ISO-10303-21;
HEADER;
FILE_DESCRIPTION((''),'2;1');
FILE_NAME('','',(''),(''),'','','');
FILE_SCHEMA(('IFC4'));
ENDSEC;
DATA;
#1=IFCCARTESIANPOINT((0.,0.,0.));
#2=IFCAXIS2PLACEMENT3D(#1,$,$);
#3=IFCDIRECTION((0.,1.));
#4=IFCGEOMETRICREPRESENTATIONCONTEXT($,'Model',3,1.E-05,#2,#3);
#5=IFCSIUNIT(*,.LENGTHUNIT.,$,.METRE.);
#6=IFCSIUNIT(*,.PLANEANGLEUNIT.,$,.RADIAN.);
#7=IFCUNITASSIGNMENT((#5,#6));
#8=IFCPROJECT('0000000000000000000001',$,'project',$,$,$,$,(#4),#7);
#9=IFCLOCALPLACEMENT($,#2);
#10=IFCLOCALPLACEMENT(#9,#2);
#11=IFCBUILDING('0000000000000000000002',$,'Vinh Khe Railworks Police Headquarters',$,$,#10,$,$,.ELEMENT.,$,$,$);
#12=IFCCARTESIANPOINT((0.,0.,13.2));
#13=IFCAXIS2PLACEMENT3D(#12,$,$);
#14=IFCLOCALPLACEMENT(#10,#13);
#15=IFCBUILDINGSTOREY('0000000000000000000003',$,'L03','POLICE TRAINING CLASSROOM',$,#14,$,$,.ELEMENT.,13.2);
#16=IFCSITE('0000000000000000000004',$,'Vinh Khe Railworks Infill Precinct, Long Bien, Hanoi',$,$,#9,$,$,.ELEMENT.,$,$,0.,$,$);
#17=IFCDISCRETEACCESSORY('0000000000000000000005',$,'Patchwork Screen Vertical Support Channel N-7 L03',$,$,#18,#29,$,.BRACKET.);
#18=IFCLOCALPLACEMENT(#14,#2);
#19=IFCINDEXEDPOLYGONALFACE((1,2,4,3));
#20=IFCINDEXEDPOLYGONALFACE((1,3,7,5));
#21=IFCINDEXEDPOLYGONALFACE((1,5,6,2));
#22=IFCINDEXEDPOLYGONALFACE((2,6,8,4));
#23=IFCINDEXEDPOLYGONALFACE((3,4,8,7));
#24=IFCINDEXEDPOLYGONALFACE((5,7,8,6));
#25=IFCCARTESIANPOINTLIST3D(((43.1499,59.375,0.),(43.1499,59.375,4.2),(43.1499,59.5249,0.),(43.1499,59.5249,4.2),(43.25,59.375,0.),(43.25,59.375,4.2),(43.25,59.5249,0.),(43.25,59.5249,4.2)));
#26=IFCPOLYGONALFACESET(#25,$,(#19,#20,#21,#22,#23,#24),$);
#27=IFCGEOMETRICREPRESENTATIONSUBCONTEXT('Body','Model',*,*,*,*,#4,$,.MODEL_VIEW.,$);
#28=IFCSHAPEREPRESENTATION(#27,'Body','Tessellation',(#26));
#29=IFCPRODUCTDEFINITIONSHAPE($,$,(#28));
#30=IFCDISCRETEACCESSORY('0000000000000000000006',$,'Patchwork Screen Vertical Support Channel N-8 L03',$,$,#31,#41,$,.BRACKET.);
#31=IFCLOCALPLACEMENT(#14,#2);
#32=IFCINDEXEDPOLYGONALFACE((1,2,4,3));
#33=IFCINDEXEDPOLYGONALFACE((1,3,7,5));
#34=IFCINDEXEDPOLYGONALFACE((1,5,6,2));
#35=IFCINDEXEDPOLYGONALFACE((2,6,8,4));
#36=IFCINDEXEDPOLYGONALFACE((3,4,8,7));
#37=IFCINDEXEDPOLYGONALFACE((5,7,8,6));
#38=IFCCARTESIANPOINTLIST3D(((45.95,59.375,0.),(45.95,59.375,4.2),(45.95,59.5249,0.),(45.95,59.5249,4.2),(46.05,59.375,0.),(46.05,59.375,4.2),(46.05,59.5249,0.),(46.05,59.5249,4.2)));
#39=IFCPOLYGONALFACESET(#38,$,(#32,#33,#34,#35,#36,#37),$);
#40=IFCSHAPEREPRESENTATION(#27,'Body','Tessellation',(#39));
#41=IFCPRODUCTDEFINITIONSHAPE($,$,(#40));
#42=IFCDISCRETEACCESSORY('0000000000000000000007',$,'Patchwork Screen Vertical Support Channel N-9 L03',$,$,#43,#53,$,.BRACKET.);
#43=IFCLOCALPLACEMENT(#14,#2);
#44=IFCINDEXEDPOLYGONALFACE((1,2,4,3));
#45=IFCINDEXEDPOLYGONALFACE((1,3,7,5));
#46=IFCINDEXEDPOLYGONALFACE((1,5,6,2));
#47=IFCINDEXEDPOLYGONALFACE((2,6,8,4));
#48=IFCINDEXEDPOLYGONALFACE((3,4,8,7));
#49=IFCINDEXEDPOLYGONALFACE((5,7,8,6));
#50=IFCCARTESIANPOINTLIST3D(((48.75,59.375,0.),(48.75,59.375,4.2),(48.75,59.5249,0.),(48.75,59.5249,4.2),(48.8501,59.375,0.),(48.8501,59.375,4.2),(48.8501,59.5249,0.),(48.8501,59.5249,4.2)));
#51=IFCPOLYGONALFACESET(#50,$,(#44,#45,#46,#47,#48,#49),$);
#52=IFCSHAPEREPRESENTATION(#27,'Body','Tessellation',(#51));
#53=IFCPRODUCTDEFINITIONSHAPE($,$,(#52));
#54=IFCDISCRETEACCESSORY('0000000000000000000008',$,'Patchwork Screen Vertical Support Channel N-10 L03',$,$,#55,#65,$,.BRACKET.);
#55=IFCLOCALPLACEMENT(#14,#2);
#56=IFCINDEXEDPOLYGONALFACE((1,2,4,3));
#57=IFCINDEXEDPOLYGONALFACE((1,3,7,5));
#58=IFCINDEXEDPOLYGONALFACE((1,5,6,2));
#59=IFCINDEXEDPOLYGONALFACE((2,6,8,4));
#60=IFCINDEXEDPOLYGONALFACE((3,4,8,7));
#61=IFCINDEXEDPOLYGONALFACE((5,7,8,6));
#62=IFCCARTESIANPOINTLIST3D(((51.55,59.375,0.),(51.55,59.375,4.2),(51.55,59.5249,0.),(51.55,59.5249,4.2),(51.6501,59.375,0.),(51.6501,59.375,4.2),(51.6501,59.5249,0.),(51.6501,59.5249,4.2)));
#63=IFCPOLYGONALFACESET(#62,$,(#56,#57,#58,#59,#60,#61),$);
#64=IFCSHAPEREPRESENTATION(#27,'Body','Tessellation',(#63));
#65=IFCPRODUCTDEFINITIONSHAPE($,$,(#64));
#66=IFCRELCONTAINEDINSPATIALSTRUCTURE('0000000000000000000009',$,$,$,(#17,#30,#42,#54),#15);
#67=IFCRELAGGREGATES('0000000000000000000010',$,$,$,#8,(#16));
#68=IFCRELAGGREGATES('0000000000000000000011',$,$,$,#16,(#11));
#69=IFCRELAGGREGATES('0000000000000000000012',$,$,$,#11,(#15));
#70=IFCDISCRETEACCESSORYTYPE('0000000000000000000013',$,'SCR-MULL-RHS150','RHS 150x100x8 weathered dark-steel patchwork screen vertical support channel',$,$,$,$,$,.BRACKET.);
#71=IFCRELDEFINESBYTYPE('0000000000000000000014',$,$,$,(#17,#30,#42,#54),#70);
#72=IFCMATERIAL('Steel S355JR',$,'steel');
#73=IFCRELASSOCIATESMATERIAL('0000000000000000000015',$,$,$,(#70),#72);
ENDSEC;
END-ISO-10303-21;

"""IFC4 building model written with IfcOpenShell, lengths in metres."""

from ifc_helpers import new_model, si_unit, direction, frame, origin, origin_2d, place, context, subcontext, project, spatial, rectangle, extrude, material, type_object, element, save


model = new_model("IFC4")

# Units and contexts
model_context = context("Model", 3, precision=1e-05, world=origin(), true_north=direction((0.0, 1.0)))
body_context = subcontext(model_context, "Body", "Model", "MODEL_VIEW")
ifc_project = project(units=[si_unit("LENGTHUNIT", "METRE"), si_unit("PLANEANGLEUNIT", "RADIAN")], contexts=[model_context])

# Site, building, storey
site_placement = place(None, origin())
site = spatial("IfcSite", under=ifc_project, at=site_placement, Name="Vinh Khe Railworks Infill Precinct, Long Bien, Hanoi", CompositionType="ELEMENT", RefElevation=0.0)
building_placement = place(site_placement, origin())
building = spatial("IfcBuilding", under=site, at=building_placement, Name="Vinh Khe Railworks Police Headquarters", CompositionType="ELEMENT")
storey_placement = place(building_placement, frame((0.0, 0.0, 13.2)))
storey = spatial("IfcBuildingStorey", under=building, at=storey_placement, Name="L03", Description="POLICE TRAINING CLASSROOM", CompositionType="ELEMENT", Elevation=13.2)

# Shared definitions
ifc_material_1 = material(Name="Steel S355JR", Category="steel")

# Discrete accessories
discrete_accessory_type = type_object("IfcDiscreteAccessoryType", Name="SCR-MULL-RHS150", Description="RHS 150x100x8 weathered dark-steel patchwork screen vertical support channel", PredefinedType="BRACKET", material=ifc_material_1)
for number, where, z_axis, x_axis, name in (
    (1, (43.2, 59.45, 0.0), (0.0, 0.0, 1.0), (1.0, 0.0, 0.0), "Patchwork Screen Vertical Support Channel N-7 L03"),
    (2, (46.0, 59.45, 0.0), (0.0, 0.0, 1.0), (1.0, 0.0, 0.0), "Patchwork Screen Vertical Support Channel N-8 L03"),
    (3, (48.8, 59.45, 0.0), (0.0, 0.0, 1.0), (1.0, 0.0, 0.0), "Patchwork Screen Vertical Support Channel N-9 L03"),
    (4, (51.6001, 59.45, 0.0), (0.0, 0.0, 1.0), (1.0, 0.0, 0.0), "Patchwork Screen Vertical Support Channel N-10 L03"),
):
    element("IfcDiscreteAccessory", number, at=place(storey_placement, frame(where, z_axis=z_axis, x_axis=x_axis)), inside=storey, type_object=discrete_accessory_type, Name=name, PredefinedType="BRACKET", context=body_context, shape_type="SweptSolid", body=[
        extrude(rectangle(XDim=0.1001, YDim=0.1499, at=origin_2d()), origin(), (0.0, 0.0, 1.0), 4.2),
    ])

save(model, "model.ifc")
